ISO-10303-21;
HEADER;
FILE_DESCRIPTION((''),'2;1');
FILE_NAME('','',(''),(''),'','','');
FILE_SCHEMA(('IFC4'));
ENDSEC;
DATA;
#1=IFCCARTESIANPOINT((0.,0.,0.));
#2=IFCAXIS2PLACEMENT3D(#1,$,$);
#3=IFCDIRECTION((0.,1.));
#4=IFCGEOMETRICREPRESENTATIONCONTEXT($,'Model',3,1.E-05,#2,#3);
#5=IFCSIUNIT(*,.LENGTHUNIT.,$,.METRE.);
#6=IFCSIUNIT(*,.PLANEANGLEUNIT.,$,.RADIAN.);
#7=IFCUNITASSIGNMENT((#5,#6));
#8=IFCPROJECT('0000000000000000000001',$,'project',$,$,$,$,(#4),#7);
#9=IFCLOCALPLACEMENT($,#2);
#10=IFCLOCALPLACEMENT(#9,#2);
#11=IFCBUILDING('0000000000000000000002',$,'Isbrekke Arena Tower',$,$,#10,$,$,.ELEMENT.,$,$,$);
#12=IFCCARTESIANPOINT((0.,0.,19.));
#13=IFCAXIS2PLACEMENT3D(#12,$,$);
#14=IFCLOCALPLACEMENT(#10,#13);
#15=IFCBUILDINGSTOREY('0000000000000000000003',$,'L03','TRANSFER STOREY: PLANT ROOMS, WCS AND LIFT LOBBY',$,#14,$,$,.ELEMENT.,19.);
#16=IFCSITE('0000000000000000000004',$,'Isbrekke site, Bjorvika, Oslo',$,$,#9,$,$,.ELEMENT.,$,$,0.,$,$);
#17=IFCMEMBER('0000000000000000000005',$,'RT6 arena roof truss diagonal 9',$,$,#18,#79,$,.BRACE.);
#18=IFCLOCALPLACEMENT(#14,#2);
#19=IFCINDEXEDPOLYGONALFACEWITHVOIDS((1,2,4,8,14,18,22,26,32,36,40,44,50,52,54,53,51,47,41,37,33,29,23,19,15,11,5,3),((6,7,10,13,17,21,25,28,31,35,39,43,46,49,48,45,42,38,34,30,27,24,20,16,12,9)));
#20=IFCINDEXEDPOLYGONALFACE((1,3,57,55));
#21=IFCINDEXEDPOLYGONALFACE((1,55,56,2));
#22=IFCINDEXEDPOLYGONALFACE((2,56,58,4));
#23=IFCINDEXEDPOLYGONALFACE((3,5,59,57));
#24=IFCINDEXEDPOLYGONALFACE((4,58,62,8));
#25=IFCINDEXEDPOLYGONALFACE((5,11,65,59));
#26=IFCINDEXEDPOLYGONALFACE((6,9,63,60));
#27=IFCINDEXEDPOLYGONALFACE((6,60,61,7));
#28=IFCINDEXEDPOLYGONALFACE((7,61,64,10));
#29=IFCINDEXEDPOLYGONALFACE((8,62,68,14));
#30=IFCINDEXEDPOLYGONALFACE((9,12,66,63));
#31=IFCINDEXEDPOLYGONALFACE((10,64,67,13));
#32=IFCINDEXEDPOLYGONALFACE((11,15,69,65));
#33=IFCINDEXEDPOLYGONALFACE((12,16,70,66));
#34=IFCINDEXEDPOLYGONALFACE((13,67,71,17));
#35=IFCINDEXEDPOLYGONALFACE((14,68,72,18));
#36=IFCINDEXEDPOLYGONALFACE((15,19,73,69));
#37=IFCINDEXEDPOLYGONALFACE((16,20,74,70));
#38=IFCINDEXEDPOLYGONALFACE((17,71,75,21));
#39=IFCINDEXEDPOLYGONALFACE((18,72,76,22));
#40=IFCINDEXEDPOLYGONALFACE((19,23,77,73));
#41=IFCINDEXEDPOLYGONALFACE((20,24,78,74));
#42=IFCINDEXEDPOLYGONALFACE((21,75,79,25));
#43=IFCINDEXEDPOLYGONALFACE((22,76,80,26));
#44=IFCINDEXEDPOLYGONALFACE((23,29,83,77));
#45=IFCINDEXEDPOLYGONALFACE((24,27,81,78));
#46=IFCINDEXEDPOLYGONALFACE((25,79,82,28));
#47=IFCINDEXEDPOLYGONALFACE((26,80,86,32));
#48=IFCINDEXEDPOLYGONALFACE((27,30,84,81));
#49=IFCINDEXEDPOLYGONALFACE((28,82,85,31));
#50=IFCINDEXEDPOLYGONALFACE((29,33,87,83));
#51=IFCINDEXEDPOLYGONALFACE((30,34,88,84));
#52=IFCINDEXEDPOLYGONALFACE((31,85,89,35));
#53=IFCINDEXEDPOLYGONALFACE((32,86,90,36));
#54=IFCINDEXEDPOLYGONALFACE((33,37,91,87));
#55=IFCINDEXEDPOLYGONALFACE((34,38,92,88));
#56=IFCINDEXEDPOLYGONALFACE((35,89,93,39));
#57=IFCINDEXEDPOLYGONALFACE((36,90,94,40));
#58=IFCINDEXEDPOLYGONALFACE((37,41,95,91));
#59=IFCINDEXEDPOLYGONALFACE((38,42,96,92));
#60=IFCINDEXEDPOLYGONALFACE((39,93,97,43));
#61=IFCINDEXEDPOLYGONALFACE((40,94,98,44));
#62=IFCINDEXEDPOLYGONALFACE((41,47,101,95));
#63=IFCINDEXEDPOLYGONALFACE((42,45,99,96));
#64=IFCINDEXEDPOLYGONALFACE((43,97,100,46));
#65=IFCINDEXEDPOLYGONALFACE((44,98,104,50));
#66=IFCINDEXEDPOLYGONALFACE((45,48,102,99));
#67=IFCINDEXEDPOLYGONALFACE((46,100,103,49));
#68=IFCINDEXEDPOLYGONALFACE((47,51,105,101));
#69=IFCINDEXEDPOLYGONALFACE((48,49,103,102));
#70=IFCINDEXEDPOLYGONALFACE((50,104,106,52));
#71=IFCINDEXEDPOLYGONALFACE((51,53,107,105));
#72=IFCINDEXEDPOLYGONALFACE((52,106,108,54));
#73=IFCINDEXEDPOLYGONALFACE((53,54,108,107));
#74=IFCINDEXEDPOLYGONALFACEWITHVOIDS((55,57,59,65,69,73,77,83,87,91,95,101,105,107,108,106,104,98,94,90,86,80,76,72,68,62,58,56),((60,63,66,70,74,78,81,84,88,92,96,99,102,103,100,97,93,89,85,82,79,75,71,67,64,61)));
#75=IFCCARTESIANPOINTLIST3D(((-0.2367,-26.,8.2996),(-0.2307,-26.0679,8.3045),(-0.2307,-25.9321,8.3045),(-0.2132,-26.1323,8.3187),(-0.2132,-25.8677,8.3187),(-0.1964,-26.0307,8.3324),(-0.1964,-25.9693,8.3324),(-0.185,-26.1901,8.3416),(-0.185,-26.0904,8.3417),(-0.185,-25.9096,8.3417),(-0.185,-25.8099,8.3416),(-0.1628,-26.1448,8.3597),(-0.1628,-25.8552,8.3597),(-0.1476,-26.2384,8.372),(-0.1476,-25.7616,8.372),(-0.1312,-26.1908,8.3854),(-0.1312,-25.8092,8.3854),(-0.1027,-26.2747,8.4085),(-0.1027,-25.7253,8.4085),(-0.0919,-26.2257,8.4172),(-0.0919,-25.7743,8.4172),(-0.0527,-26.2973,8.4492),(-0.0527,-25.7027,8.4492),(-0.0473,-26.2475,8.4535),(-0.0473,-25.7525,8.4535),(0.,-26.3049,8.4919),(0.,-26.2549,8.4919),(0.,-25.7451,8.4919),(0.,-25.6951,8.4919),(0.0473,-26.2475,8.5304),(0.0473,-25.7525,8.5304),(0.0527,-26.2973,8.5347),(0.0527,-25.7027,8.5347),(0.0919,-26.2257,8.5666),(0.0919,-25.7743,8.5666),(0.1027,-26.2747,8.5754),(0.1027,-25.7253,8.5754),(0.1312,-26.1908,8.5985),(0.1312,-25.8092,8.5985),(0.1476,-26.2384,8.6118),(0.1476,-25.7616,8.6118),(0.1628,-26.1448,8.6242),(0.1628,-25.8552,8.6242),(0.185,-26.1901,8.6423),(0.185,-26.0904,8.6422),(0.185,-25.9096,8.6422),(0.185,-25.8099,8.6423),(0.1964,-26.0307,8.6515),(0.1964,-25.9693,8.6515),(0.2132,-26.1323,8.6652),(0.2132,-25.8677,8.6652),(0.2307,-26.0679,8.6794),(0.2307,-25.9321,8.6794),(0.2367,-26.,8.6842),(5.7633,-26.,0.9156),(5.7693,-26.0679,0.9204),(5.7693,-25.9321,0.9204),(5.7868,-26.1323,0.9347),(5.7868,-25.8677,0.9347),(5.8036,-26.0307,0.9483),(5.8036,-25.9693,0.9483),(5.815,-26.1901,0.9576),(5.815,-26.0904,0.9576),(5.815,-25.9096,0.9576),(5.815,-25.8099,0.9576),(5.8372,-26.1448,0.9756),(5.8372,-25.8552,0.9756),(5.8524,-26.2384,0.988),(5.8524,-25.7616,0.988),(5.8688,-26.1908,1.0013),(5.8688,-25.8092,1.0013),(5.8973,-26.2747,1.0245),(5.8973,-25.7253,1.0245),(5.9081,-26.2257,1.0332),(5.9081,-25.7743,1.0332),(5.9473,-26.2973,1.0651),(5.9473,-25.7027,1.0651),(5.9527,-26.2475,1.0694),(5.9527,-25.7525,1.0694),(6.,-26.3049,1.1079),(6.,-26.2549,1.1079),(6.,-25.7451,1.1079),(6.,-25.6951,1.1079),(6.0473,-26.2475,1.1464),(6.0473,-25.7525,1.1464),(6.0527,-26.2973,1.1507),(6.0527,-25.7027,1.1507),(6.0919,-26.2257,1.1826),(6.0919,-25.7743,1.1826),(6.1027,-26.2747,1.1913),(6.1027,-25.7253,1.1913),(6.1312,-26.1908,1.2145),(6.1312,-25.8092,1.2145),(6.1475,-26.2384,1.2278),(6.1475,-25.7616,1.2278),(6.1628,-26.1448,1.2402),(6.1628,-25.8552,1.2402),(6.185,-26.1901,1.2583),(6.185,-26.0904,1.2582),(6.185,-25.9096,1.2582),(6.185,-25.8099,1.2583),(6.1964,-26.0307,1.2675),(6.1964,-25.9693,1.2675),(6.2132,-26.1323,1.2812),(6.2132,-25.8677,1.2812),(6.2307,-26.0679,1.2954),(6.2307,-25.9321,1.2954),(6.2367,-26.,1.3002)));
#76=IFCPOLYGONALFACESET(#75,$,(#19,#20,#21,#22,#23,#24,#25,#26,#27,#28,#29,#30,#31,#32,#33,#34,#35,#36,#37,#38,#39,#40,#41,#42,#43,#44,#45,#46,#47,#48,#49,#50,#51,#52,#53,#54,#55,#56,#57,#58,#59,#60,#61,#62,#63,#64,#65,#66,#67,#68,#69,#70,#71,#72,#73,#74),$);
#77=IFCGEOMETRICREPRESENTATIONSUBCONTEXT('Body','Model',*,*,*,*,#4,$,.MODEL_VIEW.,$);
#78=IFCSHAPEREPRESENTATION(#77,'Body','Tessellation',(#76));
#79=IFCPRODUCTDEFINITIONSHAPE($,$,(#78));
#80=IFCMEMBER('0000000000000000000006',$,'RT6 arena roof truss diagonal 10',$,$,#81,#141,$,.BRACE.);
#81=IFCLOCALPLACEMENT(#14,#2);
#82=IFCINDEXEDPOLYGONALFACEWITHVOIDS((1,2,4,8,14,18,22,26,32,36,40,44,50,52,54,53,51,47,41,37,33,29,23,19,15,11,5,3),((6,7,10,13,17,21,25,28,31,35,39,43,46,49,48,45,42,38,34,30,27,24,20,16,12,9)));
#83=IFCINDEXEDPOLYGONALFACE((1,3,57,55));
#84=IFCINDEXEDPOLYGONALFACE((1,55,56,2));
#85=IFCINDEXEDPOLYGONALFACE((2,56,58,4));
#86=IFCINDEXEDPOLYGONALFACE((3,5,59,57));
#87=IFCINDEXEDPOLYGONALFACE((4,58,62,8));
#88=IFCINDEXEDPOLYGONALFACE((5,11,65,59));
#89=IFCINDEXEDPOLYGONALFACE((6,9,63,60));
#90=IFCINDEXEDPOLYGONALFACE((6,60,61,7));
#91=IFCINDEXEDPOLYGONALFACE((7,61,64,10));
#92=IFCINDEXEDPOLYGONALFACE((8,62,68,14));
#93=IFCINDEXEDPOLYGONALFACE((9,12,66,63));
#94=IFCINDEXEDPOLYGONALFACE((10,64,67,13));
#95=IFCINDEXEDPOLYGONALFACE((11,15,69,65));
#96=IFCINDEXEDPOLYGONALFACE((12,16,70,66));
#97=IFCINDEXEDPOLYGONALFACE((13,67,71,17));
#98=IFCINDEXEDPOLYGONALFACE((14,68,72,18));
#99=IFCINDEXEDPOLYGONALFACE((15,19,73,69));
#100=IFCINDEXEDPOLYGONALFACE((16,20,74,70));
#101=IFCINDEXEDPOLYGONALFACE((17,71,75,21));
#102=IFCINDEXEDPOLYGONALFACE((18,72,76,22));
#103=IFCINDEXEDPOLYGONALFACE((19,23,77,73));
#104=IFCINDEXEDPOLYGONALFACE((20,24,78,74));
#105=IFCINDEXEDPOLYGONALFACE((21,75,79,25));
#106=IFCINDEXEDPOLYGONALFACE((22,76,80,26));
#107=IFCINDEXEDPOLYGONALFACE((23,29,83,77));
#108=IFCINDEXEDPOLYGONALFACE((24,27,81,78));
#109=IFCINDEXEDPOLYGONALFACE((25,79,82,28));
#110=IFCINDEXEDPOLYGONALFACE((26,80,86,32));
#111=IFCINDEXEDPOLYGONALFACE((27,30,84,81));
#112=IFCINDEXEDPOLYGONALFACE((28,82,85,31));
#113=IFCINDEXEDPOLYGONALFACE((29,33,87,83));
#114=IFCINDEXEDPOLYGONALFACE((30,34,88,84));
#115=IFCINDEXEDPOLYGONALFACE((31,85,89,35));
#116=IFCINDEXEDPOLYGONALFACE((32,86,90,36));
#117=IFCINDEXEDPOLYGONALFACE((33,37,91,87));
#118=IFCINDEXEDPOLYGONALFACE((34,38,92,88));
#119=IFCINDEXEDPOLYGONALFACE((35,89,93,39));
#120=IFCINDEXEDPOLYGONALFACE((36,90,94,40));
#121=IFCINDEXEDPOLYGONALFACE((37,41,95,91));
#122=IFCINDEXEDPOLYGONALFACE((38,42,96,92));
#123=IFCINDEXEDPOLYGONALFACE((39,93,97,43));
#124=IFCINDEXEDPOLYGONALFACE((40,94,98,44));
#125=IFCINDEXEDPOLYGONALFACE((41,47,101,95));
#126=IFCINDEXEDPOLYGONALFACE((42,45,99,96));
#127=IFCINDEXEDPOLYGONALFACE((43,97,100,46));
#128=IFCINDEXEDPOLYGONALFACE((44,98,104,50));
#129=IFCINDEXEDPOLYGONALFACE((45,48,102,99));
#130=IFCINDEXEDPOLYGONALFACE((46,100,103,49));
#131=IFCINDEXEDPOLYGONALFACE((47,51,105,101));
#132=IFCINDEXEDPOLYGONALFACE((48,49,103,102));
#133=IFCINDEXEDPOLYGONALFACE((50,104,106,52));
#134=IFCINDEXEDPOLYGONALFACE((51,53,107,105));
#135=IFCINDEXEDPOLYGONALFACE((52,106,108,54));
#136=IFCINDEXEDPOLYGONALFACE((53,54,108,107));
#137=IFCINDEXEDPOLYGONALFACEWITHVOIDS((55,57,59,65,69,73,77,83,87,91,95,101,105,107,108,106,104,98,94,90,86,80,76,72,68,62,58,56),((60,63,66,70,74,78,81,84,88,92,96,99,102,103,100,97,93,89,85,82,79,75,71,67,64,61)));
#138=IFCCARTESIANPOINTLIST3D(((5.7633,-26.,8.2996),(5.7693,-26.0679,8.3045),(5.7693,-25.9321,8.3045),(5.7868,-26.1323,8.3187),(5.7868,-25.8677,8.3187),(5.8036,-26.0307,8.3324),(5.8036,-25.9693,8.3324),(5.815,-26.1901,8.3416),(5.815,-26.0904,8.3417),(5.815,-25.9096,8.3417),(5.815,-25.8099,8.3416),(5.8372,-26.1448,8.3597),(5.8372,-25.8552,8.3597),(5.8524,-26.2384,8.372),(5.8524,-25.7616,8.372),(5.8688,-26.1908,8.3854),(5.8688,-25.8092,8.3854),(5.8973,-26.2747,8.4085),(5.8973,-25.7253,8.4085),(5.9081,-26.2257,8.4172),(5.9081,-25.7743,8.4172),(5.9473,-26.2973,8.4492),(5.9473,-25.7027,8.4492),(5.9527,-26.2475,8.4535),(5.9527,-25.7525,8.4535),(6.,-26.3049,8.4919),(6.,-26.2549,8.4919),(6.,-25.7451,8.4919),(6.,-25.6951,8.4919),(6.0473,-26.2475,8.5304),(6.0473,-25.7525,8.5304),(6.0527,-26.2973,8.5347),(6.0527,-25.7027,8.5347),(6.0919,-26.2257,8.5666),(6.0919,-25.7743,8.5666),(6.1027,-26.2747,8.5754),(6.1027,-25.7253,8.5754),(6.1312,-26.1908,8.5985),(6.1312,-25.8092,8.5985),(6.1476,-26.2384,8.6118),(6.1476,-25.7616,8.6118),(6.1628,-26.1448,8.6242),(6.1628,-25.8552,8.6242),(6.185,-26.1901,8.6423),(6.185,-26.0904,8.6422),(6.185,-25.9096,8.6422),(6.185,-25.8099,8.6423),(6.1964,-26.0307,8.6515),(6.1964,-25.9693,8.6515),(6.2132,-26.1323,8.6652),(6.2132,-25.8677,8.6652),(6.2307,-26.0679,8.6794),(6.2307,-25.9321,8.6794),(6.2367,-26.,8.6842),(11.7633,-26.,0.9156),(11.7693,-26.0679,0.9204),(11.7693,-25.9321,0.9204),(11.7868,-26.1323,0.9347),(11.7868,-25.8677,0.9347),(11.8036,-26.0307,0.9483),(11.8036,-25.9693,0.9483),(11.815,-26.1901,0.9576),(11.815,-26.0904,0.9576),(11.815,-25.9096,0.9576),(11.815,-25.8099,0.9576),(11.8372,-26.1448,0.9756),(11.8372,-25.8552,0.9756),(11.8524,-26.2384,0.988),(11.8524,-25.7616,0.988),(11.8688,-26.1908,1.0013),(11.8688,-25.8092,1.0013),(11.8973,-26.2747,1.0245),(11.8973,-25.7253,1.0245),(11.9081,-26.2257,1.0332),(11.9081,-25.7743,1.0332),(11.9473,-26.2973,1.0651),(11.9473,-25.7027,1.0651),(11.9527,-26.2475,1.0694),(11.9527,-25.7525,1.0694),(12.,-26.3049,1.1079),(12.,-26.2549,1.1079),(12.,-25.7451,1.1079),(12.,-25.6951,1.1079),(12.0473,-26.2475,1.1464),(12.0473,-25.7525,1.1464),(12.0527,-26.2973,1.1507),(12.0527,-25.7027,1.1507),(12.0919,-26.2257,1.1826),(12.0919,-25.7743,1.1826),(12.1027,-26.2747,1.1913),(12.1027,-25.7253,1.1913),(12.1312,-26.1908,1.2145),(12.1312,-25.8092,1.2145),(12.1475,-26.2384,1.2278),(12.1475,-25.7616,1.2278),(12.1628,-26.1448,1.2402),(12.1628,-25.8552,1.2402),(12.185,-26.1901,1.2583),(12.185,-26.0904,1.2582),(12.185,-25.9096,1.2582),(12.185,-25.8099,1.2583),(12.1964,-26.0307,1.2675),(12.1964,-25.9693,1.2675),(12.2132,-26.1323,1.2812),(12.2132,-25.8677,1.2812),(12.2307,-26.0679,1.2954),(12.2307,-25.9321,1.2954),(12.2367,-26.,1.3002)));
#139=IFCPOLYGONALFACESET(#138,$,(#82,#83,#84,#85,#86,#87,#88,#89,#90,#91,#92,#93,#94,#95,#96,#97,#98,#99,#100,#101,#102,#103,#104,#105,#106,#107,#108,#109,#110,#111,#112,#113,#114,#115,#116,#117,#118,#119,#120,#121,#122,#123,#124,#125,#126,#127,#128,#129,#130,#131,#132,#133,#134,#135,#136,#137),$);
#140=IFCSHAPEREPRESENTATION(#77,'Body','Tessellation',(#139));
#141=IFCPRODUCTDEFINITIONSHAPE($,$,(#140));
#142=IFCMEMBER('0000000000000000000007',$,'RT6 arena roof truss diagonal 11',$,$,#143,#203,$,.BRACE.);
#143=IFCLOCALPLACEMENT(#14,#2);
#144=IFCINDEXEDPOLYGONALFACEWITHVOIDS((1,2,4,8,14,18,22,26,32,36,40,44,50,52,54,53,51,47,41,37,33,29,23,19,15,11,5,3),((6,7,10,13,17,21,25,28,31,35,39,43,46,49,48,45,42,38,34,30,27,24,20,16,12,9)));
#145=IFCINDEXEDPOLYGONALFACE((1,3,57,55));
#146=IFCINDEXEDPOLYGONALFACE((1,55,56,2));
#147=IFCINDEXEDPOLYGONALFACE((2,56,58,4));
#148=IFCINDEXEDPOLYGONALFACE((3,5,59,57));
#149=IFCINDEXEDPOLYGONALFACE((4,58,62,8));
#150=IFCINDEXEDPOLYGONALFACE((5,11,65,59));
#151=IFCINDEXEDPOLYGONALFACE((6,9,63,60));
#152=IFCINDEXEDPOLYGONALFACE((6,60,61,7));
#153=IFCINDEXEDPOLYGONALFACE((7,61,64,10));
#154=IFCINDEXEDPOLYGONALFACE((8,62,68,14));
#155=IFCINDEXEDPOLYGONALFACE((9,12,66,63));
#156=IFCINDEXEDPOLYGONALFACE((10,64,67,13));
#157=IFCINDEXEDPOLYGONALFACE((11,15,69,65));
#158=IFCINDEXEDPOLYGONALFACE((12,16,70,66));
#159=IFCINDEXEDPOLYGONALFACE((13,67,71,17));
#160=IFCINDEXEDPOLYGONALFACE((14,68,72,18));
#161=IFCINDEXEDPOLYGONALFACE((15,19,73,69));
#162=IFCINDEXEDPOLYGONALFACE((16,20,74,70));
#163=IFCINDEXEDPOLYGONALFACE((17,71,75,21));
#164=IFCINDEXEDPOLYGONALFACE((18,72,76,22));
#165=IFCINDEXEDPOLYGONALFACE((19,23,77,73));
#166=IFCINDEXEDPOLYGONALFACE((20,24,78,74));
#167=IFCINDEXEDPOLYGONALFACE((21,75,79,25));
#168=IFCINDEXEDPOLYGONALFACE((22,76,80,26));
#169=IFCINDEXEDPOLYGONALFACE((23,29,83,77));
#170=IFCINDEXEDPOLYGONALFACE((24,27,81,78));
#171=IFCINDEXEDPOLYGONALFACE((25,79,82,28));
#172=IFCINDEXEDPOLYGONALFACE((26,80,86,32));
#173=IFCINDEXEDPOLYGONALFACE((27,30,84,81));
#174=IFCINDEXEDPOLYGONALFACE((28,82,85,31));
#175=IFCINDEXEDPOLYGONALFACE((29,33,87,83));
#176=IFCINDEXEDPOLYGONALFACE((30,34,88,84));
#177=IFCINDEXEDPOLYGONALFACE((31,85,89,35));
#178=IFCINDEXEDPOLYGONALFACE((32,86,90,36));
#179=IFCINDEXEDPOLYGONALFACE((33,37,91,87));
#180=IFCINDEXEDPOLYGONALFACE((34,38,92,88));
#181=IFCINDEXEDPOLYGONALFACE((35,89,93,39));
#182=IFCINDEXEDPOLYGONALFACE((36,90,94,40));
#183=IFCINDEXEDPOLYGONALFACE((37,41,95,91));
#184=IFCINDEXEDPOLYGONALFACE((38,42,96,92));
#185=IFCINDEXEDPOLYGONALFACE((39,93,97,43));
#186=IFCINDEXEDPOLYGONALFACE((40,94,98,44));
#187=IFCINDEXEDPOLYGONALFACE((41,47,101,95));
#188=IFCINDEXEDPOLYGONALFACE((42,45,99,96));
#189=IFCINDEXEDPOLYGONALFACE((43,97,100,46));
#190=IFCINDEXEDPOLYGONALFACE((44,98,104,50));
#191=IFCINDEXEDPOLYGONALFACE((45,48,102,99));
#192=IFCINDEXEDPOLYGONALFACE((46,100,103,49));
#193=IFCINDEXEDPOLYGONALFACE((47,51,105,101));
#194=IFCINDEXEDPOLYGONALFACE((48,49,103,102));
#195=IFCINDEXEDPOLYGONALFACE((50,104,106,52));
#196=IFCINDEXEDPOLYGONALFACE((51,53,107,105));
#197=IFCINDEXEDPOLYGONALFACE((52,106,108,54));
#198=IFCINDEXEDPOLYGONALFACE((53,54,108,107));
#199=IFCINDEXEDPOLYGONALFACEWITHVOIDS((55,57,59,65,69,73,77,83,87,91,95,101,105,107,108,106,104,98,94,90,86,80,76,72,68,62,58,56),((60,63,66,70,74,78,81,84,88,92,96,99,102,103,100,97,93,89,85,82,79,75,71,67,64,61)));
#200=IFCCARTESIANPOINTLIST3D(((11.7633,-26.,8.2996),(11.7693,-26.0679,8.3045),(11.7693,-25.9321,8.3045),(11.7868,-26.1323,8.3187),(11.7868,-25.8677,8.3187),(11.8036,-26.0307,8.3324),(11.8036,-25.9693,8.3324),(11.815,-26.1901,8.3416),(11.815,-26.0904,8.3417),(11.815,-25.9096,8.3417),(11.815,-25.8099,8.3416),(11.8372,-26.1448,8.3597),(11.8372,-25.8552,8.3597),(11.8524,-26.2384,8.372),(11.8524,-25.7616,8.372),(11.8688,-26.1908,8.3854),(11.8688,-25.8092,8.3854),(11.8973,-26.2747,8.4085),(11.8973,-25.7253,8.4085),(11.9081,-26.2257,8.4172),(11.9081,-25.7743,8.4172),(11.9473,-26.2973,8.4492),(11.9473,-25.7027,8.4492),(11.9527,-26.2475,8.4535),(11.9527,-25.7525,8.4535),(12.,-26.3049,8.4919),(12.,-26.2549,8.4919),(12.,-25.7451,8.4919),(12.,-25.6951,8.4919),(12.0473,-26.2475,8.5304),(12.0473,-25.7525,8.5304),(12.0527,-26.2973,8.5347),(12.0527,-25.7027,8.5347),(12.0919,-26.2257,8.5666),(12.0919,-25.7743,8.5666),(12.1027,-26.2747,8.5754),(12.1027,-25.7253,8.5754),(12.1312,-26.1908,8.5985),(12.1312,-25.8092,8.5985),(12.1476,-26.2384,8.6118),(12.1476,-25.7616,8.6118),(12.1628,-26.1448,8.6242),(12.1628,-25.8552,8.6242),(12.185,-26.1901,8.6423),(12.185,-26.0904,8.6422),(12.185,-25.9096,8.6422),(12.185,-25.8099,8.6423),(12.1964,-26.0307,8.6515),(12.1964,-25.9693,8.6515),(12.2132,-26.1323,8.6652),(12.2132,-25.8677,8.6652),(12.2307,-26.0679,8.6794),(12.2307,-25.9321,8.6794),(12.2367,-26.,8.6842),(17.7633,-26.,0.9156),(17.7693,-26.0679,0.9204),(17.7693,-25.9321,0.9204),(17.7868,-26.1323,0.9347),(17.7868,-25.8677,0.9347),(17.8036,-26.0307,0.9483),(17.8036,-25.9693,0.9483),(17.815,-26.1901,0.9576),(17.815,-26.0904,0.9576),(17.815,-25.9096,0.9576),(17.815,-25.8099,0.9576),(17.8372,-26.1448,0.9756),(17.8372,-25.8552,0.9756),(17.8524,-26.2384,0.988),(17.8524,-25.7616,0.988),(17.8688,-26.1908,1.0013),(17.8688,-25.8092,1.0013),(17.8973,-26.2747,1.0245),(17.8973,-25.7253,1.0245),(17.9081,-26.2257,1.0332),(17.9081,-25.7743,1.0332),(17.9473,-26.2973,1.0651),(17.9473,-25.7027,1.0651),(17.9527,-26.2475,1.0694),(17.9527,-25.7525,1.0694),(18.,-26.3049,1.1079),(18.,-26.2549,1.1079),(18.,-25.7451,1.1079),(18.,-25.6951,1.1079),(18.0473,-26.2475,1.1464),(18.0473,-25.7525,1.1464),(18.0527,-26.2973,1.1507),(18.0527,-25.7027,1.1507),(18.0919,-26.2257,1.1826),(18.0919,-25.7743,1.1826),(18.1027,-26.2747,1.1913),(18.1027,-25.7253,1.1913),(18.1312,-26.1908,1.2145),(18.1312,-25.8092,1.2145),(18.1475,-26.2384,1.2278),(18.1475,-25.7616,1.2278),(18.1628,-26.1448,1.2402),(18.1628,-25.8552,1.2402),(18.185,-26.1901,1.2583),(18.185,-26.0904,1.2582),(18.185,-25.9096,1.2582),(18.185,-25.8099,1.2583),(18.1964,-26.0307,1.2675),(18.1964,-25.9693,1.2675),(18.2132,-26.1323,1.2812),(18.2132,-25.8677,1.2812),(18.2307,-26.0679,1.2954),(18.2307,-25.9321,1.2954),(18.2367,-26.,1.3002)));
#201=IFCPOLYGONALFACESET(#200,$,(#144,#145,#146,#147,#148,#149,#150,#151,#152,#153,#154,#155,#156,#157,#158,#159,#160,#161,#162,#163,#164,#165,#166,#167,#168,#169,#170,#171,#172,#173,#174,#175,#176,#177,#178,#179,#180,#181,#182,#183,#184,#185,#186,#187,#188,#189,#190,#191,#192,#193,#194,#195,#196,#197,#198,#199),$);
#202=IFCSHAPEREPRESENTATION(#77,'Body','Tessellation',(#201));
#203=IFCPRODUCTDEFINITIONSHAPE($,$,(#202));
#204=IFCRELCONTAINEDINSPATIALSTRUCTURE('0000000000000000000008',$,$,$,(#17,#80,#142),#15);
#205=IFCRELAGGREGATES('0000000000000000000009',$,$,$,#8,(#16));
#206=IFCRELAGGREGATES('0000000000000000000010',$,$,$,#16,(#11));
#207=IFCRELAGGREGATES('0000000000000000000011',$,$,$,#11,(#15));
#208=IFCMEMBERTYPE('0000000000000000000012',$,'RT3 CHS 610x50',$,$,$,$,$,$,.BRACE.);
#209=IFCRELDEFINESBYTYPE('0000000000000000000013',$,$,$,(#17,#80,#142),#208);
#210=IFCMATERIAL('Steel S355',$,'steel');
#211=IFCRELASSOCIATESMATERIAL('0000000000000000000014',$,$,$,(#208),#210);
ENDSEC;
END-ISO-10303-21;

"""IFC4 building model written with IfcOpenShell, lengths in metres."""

from ifc_helpers import new_model, si_unit, direction, frame, origin, origin_2d, place, context, subcontext, project, spatial, hollow_circle, extrude, material, material_profile, profile_set, type_object, element, save


model = new_model("IFC4")

# Units and contexts
model_context = context("Model", 3, precision=1e-05, world=origin(), true_north=direction((0.0, 1.0)))
body_context = subcontext(model_context, "Body", "Model", "MODEL_VIEW")
ifc_project = project(units=[si_unit("LENGTHUNIT", "METRE"), si_unit("PLANEANGLEUNIT", "RADIAN")], contexts=[model_context])

# Site, building, storey
site_placement = place(None, origin())
site = spatial("IfcSite", under=ifc_project, at=site_placement, Name="Isbrekke site, Bjorvika, Oslo", CompositionType="ELEMENT", RefElevation=0.0)
building_placement = place(site_placement, origin())
building = spatial("IfcBuilding", under=site, at=building_placement, Name="Isbrekke Arena Tower", CompositionType="ELEMENT")
storey_placement = place(building_placement, frame((0.0, 0.0, 19.0)))
storey = spatial("IfcBuildingStorey", under=building, at=storey_placement, Name="L03", Description="TRANSFER STOREY: PLANT ROOMS, WCS AND LIFT LOBBY", CompositionType="ELEMENT", Elevation=19.0)

# Members
ifc_material_1 = material(Name="Steel S355", Category="steel")
ifc_material_profile_1 = material_profile(ifc_material_1, hollow_circle(Radius=0.3049, WallThickness=0.05, at=origin_2d()), Name="CHS 610x50")
ifc_profile_set_1 = profile_set([ifc_material_profile_1], Name="Steel S355")
member_type_1 = type_object("IfcMemberType", Name="RT3 CHS 610x50", PredefinedType="BRACE", material=ifc_profile_set_1)
for number, where, z_axis, x_axis, name in (
    (1, (0.0, -26.0, 8.4919), (0.630623, 0.0, -0.77609), (0.0, 1.0, 0.0), "RT6 arena roof truss diagonal 9"),
    (2, (6.0, -26.0, 8.4919), (0.630623, 0.0, -0.77609), (0.0, 1.0, 0.0), "RT6 arena roof truss diagonal 10"),
    (3, (12.0, -26.0, 8.4919), (0.630623, 0.0, -0.77609), (0.0, 1.0, 0.0), "RT6 arena roof truss diagonal 11"),
):
    element("IfcMember", number, at=place(storey_placement, frame(where, z_axis=z_axis, x_axis=x_axis)), inside=storey, type_object=member_type_1, Name=name, PredefinedType="BRACE", context=body_context, shape_type="SweptSolid", body=[
        extrude(hollow_circle(Radius=0.3049, WallThickness=0.05, at=origin_2d()), origin(), (0.0, 0.0, 1.0), 9.5144),
    ])

save(model, "model.ifc")
